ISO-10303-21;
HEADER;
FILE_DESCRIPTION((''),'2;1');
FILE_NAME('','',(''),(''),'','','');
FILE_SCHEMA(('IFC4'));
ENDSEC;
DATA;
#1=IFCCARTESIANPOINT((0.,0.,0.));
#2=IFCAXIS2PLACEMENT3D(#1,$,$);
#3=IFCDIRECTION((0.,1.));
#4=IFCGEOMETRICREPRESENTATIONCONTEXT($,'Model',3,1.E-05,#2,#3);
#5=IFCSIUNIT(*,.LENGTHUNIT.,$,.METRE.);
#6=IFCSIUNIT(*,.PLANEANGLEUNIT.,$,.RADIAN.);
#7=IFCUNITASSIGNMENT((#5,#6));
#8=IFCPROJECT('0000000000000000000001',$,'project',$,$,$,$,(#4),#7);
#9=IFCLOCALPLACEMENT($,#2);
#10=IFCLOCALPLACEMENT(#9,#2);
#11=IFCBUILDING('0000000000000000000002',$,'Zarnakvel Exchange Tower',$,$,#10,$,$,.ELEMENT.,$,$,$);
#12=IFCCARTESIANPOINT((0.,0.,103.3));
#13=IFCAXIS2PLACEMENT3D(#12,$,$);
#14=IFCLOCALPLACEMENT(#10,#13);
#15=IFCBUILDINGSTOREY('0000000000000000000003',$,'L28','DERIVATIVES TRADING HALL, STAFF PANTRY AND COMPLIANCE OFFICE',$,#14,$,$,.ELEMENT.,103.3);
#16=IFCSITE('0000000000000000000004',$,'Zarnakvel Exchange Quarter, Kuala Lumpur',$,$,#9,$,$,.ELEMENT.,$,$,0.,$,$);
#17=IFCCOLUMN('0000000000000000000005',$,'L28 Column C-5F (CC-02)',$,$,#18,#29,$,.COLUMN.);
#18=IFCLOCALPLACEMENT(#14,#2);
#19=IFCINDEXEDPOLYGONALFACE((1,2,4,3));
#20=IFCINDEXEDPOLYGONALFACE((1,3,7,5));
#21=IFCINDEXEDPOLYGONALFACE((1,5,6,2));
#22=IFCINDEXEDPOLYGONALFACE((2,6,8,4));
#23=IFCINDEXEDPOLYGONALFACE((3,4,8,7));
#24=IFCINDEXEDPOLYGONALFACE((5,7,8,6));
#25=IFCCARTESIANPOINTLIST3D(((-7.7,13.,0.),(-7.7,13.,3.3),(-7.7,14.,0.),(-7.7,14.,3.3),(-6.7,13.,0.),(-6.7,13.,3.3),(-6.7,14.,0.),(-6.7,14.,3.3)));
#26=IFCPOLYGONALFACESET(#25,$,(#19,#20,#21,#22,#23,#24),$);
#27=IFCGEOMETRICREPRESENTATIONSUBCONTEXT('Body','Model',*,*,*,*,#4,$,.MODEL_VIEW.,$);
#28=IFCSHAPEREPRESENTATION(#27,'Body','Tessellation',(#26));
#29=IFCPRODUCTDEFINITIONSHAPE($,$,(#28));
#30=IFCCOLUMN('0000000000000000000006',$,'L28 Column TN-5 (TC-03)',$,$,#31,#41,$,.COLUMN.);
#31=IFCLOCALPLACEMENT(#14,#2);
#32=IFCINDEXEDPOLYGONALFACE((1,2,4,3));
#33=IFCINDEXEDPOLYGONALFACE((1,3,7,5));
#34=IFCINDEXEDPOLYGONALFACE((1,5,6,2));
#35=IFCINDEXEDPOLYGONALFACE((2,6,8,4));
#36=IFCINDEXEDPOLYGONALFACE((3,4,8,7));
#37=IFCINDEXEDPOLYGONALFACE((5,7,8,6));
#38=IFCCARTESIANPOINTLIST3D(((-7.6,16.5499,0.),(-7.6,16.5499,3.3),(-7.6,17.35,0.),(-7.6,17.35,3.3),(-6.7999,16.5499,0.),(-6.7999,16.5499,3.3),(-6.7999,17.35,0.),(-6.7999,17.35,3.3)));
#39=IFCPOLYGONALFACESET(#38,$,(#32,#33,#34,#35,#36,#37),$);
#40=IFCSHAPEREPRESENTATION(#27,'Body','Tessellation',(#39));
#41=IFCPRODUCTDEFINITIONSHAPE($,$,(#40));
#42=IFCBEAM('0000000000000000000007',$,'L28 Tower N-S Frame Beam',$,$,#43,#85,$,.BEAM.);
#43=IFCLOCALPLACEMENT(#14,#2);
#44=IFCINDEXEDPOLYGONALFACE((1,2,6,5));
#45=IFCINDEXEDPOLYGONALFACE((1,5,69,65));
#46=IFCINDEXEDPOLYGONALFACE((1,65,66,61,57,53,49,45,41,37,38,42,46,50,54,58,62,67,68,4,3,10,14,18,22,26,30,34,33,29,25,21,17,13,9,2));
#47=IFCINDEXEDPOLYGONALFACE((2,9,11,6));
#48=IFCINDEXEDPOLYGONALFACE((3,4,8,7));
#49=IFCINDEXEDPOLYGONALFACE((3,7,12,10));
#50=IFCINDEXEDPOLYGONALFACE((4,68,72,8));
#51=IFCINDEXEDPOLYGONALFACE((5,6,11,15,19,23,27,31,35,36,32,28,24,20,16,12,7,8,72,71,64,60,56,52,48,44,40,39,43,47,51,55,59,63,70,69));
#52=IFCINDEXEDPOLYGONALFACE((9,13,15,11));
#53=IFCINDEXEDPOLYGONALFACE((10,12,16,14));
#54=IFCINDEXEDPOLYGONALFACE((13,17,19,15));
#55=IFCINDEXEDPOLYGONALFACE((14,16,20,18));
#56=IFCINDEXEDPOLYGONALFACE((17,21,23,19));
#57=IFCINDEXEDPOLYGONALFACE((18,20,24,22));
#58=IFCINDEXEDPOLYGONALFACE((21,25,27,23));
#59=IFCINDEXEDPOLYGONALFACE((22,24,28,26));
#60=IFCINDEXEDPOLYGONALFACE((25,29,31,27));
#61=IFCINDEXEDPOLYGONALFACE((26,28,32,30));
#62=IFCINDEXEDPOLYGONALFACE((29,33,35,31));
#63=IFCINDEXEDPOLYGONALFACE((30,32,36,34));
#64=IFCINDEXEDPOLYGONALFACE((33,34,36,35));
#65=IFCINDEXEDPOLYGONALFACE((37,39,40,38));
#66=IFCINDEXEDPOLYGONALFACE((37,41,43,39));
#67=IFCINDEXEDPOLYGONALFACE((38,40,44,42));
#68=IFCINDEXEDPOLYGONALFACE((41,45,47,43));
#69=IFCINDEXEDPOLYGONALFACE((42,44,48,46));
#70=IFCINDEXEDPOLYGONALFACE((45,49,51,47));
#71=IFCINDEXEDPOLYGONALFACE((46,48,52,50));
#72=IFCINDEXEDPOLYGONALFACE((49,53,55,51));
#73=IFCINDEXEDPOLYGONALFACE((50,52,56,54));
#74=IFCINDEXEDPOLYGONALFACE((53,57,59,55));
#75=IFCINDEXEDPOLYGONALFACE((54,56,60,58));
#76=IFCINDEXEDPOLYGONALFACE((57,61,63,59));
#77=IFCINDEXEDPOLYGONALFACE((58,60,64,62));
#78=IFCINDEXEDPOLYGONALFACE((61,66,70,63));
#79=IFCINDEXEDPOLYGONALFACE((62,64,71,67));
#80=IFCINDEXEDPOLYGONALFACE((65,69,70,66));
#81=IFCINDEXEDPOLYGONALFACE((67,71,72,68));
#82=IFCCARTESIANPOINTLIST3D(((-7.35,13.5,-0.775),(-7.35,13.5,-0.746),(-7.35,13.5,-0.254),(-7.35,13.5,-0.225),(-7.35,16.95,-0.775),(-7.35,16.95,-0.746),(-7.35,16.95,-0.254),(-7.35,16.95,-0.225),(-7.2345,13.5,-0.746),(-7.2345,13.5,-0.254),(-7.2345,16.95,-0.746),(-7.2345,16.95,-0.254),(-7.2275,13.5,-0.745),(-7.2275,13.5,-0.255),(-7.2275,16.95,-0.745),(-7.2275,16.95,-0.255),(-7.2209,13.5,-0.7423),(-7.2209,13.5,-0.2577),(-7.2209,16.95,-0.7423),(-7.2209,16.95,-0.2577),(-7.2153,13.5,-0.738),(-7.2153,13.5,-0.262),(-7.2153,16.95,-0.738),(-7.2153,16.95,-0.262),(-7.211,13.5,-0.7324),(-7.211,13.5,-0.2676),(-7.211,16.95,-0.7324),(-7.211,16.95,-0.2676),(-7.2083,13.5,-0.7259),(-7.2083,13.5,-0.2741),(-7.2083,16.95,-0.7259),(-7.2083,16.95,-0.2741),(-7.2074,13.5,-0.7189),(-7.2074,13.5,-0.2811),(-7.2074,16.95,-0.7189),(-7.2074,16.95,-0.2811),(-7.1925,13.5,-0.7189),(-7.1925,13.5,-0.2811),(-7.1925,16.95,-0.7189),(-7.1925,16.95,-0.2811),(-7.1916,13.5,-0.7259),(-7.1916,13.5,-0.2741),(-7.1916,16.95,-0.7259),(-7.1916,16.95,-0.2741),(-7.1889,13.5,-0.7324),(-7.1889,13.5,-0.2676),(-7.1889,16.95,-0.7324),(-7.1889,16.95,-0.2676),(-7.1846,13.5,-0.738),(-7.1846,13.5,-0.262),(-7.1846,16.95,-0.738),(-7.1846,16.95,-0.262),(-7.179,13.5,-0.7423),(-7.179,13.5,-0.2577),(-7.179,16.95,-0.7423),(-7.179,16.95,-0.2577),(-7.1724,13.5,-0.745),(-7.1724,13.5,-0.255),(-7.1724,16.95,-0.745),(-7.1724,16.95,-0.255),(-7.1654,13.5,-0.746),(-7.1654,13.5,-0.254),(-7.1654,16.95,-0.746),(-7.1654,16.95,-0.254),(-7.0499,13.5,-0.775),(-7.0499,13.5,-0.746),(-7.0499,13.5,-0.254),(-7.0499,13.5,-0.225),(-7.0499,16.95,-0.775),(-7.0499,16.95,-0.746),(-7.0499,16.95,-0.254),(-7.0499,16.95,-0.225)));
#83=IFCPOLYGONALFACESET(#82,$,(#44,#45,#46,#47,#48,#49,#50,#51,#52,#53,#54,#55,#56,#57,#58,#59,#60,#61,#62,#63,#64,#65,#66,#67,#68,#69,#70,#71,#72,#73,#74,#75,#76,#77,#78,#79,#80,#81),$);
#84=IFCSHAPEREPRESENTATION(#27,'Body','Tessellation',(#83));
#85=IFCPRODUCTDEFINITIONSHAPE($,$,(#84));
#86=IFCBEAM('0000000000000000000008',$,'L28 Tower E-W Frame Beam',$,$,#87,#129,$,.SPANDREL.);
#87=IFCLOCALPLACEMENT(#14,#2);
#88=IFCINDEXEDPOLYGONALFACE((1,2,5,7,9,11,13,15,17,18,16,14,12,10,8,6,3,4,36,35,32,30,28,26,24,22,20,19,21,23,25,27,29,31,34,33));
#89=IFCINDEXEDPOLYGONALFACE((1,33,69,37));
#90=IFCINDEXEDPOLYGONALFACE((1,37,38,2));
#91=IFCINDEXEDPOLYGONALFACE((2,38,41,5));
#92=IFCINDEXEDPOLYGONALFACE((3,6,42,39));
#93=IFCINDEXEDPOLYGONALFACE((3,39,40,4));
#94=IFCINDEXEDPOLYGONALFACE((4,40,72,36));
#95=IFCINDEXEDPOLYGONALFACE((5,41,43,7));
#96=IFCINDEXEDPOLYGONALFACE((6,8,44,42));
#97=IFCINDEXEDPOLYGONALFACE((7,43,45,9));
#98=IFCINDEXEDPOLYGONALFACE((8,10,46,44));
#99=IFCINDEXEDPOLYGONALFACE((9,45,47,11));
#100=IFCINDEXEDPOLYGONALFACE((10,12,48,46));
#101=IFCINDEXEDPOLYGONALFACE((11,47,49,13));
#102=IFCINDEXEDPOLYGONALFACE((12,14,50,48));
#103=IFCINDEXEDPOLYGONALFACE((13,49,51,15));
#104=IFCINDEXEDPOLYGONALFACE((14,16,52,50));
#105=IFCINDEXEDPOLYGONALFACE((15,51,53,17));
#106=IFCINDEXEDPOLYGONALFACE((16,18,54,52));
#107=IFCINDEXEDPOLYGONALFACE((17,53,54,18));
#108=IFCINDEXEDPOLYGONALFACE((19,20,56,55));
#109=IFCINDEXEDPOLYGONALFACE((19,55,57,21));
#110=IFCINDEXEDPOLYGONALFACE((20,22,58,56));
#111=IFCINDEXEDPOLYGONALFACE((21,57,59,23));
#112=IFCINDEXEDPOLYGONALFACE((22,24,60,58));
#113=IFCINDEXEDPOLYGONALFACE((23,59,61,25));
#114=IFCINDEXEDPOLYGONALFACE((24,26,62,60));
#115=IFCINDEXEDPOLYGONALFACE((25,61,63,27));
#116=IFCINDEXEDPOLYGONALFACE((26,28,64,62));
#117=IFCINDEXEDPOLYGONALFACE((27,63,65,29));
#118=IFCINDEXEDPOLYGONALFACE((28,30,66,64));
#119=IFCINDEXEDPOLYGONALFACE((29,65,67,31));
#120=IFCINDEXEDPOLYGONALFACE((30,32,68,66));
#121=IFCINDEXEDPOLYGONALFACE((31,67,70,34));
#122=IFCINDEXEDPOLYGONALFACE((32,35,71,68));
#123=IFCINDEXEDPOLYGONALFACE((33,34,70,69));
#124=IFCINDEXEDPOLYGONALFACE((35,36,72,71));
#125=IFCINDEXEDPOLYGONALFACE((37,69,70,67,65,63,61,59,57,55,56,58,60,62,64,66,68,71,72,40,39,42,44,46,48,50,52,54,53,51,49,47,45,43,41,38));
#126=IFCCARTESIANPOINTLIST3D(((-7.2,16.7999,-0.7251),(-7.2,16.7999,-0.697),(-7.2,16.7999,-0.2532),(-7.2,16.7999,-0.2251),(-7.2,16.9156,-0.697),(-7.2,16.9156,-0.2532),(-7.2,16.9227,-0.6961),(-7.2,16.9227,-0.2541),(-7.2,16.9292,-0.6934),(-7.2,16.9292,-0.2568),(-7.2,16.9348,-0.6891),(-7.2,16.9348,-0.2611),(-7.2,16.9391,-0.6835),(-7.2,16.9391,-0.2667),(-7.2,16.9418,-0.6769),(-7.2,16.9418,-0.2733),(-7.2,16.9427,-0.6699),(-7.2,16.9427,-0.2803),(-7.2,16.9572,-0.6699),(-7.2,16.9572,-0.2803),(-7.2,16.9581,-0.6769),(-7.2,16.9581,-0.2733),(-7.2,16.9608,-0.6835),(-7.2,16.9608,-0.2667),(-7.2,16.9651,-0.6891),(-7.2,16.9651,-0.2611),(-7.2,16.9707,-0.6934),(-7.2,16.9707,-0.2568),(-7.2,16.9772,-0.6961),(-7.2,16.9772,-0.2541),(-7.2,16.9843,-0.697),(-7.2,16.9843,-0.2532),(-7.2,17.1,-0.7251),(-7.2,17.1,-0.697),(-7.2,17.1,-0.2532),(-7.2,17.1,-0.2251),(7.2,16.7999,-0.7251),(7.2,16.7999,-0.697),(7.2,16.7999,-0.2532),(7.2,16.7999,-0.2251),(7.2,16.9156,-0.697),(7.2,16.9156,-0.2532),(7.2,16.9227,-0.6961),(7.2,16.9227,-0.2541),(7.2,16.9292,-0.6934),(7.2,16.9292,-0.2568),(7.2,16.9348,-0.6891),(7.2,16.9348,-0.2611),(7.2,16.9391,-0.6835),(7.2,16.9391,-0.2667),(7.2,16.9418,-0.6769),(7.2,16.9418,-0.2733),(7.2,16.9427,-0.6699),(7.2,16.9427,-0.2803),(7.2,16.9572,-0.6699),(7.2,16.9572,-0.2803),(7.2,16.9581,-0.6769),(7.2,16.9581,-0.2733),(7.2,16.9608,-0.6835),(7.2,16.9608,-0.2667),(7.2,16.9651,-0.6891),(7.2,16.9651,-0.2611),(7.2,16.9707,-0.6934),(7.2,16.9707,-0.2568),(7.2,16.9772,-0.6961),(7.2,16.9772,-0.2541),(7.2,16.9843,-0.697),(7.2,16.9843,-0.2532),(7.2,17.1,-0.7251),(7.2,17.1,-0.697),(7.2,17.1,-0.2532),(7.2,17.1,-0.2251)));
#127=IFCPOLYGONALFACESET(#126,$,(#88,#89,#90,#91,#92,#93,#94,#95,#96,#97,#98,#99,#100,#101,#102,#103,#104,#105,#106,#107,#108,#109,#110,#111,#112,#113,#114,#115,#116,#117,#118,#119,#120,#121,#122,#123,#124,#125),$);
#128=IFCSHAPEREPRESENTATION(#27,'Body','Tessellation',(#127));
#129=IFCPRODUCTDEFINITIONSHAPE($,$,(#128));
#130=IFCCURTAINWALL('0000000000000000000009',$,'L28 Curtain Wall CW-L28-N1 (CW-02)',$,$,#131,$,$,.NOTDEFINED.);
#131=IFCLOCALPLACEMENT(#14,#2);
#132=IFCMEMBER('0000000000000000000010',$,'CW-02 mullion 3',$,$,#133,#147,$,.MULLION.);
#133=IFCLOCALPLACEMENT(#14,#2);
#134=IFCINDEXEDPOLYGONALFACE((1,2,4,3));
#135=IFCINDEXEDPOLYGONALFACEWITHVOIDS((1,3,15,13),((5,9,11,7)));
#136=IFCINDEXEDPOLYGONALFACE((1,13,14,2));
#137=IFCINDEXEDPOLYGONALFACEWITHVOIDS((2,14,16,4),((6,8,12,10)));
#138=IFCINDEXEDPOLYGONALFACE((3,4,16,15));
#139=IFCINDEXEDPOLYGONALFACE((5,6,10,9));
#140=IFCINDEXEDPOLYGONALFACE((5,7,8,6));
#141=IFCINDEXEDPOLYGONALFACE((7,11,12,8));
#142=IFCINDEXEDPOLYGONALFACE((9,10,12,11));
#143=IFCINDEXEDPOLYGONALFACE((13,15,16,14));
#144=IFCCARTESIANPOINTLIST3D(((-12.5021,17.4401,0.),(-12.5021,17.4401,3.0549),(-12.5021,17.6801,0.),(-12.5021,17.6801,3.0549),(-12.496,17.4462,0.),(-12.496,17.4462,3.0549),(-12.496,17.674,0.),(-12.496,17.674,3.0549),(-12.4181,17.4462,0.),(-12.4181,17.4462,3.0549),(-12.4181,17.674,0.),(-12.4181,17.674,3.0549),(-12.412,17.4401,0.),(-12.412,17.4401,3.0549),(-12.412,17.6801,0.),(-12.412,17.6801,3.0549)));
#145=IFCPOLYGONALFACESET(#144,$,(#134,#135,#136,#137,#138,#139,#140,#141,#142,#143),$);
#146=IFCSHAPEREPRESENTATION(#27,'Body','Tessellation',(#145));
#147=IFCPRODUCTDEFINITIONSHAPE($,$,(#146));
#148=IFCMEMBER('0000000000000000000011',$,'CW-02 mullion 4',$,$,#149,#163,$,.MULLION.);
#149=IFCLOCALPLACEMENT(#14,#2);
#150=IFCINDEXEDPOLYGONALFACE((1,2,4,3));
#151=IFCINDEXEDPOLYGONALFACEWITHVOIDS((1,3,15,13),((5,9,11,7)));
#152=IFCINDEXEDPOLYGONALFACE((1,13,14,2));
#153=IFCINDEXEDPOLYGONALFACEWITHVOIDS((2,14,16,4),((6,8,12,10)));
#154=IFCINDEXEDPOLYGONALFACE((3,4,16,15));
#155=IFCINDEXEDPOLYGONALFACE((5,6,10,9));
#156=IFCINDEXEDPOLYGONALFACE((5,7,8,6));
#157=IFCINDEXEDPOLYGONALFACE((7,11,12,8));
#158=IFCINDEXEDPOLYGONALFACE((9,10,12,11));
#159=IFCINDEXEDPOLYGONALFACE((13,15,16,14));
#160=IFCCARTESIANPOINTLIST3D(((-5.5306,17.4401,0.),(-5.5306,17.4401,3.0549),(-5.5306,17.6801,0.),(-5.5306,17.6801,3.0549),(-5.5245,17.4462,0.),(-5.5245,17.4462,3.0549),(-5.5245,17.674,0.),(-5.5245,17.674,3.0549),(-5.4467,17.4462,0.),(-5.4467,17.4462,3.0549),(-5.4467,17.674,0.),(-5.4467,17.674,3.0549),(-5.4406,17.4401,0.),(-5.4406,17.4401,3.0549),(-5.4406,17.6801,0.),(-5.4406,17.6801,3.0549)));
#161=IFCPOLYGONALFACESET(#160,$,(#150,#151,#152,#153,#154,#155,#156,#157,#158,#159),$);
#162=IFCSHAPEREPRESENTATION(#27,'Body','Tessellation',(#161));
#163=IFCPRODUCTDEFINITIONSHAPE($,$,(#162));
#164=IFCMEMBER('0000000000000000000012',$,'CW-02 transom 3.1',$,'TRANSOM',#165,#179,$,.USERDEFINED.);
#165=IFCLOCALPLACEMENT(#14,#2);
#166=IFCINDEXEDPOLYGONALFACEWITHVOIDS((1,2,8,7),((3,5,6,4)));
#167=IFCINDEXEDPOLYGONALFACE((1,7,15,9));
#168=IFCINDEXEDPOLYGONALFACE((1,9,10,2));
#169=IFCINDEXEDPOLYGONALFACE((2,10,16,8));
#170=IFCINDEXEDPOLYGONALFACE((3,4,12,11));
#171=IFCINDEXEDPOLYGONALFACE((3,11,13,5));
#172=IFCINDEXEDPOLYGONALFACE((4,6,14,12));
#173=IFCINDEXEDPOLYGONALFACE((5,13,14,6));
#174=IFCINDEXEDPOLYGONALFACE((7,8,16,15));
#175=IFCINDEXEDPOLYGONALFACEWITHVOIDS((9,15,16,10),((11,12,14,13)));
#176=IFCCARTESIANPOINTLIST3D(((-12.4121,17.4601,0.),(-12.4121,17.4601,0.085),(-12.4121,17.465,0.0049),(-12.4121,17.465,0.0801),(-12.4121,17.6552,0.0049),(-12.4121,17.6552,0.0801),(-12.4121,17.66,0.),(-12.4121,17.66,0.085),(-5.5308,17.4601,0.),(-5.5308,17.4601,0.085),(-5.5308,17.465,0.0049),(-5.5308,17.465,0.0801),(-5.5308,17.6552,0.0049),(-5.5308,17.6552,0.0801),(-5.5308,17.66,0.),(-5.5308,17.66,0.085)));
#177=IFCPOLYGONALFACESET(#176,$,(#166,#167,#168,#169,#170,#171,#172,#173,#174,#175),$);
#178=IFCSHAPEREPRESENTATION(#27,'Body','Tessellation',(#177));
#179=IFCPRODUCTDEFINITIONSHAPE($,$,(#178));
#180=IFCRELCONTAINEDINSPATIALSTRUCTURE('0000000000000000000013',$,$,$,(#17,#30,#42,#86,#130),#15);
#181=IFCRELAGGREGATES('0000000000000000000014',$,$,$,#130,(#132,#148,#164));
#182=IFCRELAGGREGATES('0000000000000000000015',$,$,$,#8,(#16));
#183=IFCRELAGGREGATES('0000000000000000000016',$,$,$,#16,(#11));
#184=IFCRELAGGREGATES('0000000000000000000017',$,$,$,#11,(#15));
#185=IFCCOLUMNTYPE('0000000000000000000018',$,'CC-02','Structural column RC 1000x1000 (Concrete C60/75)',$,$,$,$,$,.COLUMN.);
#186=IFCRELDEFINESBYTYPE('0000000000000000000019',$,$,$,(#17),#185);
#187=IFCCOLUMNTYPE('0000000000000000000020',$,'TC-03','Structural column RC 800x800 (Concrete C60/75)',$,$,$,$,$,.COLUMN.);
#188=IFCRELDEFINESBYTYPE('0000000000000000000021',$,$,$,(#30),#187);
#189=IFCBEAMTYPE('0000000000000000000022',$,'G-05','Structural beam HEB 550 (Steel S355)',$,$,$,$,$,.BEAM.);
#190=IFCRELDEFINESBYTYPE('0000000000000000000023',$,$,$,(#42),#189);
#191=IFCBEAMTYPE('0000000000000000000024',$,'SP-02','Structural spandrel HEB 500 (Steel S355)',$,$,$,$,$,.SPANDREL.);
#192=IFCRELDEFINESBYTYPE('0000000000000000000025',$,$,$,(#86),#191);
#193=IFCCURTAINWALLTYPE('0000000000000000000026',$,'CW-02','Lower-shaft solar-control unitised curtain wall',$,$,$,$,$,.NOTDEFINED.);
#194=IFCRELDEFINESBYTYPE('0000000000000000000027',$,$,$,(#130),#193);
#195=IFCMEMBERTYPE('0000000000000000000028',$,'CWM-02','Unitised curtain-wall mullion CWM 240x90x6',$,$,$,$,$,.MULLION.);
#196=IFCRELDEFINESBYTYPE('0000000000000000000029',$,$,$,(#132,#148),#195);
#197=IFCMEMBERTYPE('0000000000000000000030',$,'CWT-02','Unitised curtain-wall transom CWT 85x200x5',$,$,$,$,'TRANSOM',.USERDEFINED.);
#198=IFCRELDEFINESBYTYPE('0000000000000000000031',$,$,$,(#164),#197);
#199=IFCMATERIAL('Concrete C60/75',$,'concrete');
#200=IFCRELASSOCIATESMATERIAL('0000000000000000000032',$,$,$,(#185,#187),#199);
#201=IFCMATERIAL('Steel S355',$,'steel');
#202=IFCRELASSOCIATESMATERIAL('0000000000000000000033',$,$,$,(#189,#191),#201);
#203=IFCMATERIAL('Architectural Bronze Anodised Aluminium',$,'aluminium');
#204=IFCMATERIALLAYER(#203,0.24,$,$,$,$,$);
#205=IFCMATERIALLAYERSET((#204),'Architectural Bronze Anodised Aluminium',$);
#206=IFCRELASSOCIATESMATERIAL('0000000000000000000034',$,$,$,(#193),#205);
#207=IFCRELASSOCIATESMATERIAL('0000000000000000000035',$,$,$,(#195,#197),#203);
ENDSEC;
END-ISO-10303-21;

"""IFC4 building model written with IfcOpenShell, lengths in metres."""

from ifc_helpers import new_model, si_unit, direction, frame, origin, origin_2d, place, context, subcontext, project, spatial, rectangle, hollow_rectangle, i_section, extrude, source, transform, mapped, material, layer, layer_set, material_profile, profile_set, type_object, element, aggregate, save


model = new_model("IFC4")

# Units and contexts
model_context = context("Model", 3, precision=1e-05, world=origin(), true_north=direction((0.0, 1.0)))
body_context = subcontext(model_context, "Body", "Model", "MODEL_VIEW")
ifc_project = project(units=[si_unit("LENGTHUNIT", "METRE"), si_unit("PLANEANGLEUNIT", "RADIAN")], contexts=[model_context])

# Site, building, storey
site_placement = place(None, origin())
site = spatial("IfcSite", under=ifc_project, at=site_placement, Name="Zarnakvel Exchange Quarter, Kuala Lumpur", CompositionType="ELEMENT", RefElevation=0.0)
building_placement = place(site_placement, origin())
building = spatial("IfcBuilding", under=site, at=building_placement, Name="Zarnakvel Exchange Tower", CompositionType="ELEMENT")
storey_placement = place(building_placement, frame((0.0, 0.0, 103.3)))
storey = spatial("IfcBuildingStorey", under=building, at=storey_placement, Name="L28", Description="DERIVATIVES TRADING HALL, STAFF PANTRY AND COMPLIANCE OFFICE", CompositionType="ELEMENT", Elevation=103.3)

# Columns
ifc_material_1 = material(Name="Concrete C60/75", Category="concrete")
ifc_material_profile_1 = material_profile(ifc_material_1, rectangle(XDim=1.0, YDim=1.0, at=origin_2d()))
ifc_profile_set_1 = profile_set([ifc_material_profile_1], Name="Concrete C60/75")
column_type_1 = type_object("IfcColumnType", Name="CC-02", Description="Structural column RC 1000x1000 (Concrete C60/75)", PredefinedType="COLUMN", material=ifc_profile_set_1)
column_1_placement = place(storey_placement, frame((-7.2, 13.5, 0.0), z_axis=(0.0, 0.0, 1.0), x_axis=(1.0, 0.0, 0.0)))
element("IfcColumn", 1, at=column_1_placement, inside=storey, type_object=column_type_1, Name="L28 Column C-5F (CC-02)", PredefinedType="COLUMN", context=body_context, shape_type="SweptSolid", body=[
    extrude(rectangle(XDim=1.0, YDim=1.0, at=origin_2d()), origin(), (0.0, 0.0, 1.0), 3.3),
])
ifc_material_profile_2 = material_profile(ifc_material_1, rectangle(XDim=0.8, YDim=0.8, at=origin_2d()))
ifc_profile_set_2 = profile_set([ifc_material_profile_2], Name="Concrete C60/75")
column_type_2 = type_object("IfcColumnType", Name="TC-03", Description="Structural column RC 800x800 (Concrete C60/75)", PredefinedType="COLUMN", material=ifc_profile_set_2)
column_2_placement = place(storey_placement, frame((-7.2, 16.95, 0.0), z_axis=(0.0, 0.0, 1.0), x_axis=(1.0, 0.0, 0.0)))
element("IfcColumn", 2, at=column_2_placement, inside=storey, type_object=column_type_2, Name="L28 Column TN-5 (TC-03)", PredefinedType="COLUMN", context=body_context, shape_type="SweptSolid", body=[
    extrude(rectangle(XDim=0.8, YDim=0.8, at=origin_2d()), origin(), (0.0, 0.0, 1.0), 3.3),
])

# Beams
ifc_material_2 = material(Name="Steel S355", Category="steel")
ifc_material_profile_3 = material_profile(ifc_material_2, i_section(OverallWidth=0.3, OverallDepth=0.55, WebThickness=0.0149, FlangeThickness=0.0291, FilletRadius=0.0271, at=origin_2d()))
ifc_profile_set_3 = profile_set([ifc_material_profile_3], Name="Steel S355")
beam_type_1 = type_object("IfcBeamType", Name="G-05", Description="Structural beam HEB 550 (Steel S355)", PredefinedType="BEAM", material=ifc_profile_set_3)
beam_1_placement = place(storey_placement, frame((-7.2, 13.5, -0.5), z_axis=(0.0, 1.0, 0.0), x_axis=(-1.0, 0.0, 0.0)))
element("IfcBeam", 3, at=beam_1_placement, inside=storey, type_object=beam_type_1, Name="L28 Tower N-S Frame Beam", PredefinedType="BEAM", context=body_context, shape_type="SweptSolid", body=[
    extrude(i_section(OverallWidth=0.3, OverallDepth=0.55, WebThickness=0.0149, FlangeThickness=0.0291, FilletRadius=0.0271, at=origin_2d()), origin(), (0.0, 0.0, 1.0), 3.45),
])
ifc_material_profile_4 = material_profile(ifc_material_2, i_section(OverallWidth=0.3, OverallDepth=0.5, WebThickness=0.0144, FlangeThickness=0.0281, FilletRadius=0.0271, at=origin_2d()))
ifc_profile_set_4 = profile_set([ifc_material_profile_4], Name="Steel S355")
beam_type_2 = type_object("IfcBeamType", Name="SP-02", Description="Structural spandrel HEB 500 (Steel S355)", PredefinedType="SPANDREL", material=ifc_profile_set_4)
beam_2_placement = place(storey_placement, frame((-7.2, 16.95, -0.4751), z_axis=(1.0, 0.0, 0.0), x_axis=(0.0, 1.0, 0.0)))
element("IfcBeam", 4, at=beam_2_placement, inside=storey, type_object=beam_type_2, Name="L28 Tower E-W Frame Beam", PredefinedType="SPANDREL", context=body_context, shape_type="SweptSolid", body=[
    extrude(i_section(OverallWidth=0.3, OverallDepth=0.5, WebThickness=0.0144, FlangeThickness=0.0281, FilletRadius=0.0271, at=origin_2d()), origin(), (0.0, 0.0, 1.0), 14.3999),
])

# Curtain wall, members
ifc_material_3 = material(Name="Architectural Bronze Anodised Aluminium", Category="aluminium")
ifc_layer_1 = layer(ifc_material_3, 0.24)
ifc_layer_set_1 = layer_set([ifc_layer_1], Name="Architectural Bronze Anodised Aluminium")
curtain_wall_type = type_object("IfcCurtainWallType", Name="CW-02", Description="Lower-shaft solar-control unitised curtain wall", PredefinedType="NOTDEFINED", material=ifc_layer_set_1)
curtain_wall_placement = place(storey_placement, origin())
curtain_wall = element("IfcCurtainWall", 5, at=curtain_wall_placement, inside=storey, type_object=curtain_wall_type, Name="L28 Curtain Wall CW-L28-N1 (CW-02)", PredefinedType="NOTDEFINED")
ifc_material_profile_5 = material_profile(ifc_material_3, hollow_rectangle(XDim=0.24, YDim=0.0901, WallThickness=0.0061, at=origin_2d()))
ifc_profile_set_5 = profile_set([ifc_material_profile_5], Name="Architectural Bronze Anodised Aluminium")
member_type_1 = type_object("IfcMemberType", Name="CWM-02", Description="Unitised curtain-wall mullion CWM 240x90x6", PredefinedType="MULLION", material=ifc_profile_set_5)
shared_shape_1 = source(origin(), body_context, "Body", "SweptSolid", [
    extrude(hollow_rectangle(XDim=0.24, YDim=0.0901, WallThickness=0.0061, at=origin_2d()), origin(), (0.0, 0.0, 1.0), 3.0549),
])
member_1_placement = place(storey_placement, frame((-12.457, 17.5601, 0.0), z_axis=(0.0, 0.0, 1.0), x_axis=(0.0, 1.0, 0.0)))
member_1 = element("IfcMember", 6, at=member_1_placement, type_object=member_type_1, Name="CW-02 mullion 3", PredefinedType="MULLION", context=body_context, shape_type="MappedRepresentation", body=[
    mapped(shared_shape_1, transform((0.0, 0.0, 0.0), x_axis=(1.0, 0.0, 0.0), y_axis=(0.0, 1.0, 0.0), z_axis=(0.0, 0.0, 1.0), scale=1.0)),
])
member_2_placement = place(storey_placement, frame((-5.4856, 17.5601, 0.0), z_axis=(0.0, 0.0, 1.0), x_axis=(0.0, 1.0, 0.0)))
member_2 = element("IfcMember", 7, at=member_2_placement, type_object=member_type_1, Name="CW-02 mullion 4", PredefinedType="MULLION", context=body_context, shape_type="MappedRepresentation", body=[
    mapped(shared_shape_1, transform((0.0, 0.0, 0.0), x_axis=(1.0, 0.0, 0.0), y_axis=(0.0, 1.0, 0.0), z_axis=(0.0, 0.0, 1.0), scale=1.0)),
])
ifc_material_profile_6 = material_profile(ifc_material_3, hollow_rectangle(XDim=0.2, YDim=0.085, WallThickness=0.0049, at=origin_2d()))
ifc_profile_set_6 = profile_set([ifc_material_profile_6], Name="Architectural Bronze Anodised Aluminium")
member_type_2 = type_object("IfcMemberType", Name="CWT-02", Description="Unitised curtain-wall transom CWT 85x200x5", ElementType="TRANSOM", PredefinedType="USERDEFINED", material=ifc_profile_set_6)
shared_shape_2 = source(origin(), body_context, "Body", "SweptSolid", [
    extrude(hollow_rectangle(XDim=0.2, YDim=0.085, WallThickness=0.0049, at=origin_2d()), origin(), (0.0, 0.0, 1.0), 6.8813),
])
member_3_placement = place(storey_placement, frame((-12.4121, 17.5601, 0.0425), z_axis=(1.0, 0.0, 0.0), x_axis=(0.0, 1.0, 0.0)))
member_3 = element("IfcMember", 8, at=member_3_placement, type_object=member_type_2, Name="CW-02 transom 3.1", ObjectType="TRANSOM", PredefinedType="USERDEFINED", context=body_context, shape_type="MappedRepresentation", body=[
    mapped(shared_shape_2, transform((0.0, 0.0, 0.0), x_axis=(1.0, 0.0, 0.0), y_axis=(0.0, 1.0, 0.0), z_axis=(0.0, 0.0, 1.0), scale=1.0)),
])
aggregate(curtain_wall, [member_1, member_2, member_3])

save(model, "model.ifc")
